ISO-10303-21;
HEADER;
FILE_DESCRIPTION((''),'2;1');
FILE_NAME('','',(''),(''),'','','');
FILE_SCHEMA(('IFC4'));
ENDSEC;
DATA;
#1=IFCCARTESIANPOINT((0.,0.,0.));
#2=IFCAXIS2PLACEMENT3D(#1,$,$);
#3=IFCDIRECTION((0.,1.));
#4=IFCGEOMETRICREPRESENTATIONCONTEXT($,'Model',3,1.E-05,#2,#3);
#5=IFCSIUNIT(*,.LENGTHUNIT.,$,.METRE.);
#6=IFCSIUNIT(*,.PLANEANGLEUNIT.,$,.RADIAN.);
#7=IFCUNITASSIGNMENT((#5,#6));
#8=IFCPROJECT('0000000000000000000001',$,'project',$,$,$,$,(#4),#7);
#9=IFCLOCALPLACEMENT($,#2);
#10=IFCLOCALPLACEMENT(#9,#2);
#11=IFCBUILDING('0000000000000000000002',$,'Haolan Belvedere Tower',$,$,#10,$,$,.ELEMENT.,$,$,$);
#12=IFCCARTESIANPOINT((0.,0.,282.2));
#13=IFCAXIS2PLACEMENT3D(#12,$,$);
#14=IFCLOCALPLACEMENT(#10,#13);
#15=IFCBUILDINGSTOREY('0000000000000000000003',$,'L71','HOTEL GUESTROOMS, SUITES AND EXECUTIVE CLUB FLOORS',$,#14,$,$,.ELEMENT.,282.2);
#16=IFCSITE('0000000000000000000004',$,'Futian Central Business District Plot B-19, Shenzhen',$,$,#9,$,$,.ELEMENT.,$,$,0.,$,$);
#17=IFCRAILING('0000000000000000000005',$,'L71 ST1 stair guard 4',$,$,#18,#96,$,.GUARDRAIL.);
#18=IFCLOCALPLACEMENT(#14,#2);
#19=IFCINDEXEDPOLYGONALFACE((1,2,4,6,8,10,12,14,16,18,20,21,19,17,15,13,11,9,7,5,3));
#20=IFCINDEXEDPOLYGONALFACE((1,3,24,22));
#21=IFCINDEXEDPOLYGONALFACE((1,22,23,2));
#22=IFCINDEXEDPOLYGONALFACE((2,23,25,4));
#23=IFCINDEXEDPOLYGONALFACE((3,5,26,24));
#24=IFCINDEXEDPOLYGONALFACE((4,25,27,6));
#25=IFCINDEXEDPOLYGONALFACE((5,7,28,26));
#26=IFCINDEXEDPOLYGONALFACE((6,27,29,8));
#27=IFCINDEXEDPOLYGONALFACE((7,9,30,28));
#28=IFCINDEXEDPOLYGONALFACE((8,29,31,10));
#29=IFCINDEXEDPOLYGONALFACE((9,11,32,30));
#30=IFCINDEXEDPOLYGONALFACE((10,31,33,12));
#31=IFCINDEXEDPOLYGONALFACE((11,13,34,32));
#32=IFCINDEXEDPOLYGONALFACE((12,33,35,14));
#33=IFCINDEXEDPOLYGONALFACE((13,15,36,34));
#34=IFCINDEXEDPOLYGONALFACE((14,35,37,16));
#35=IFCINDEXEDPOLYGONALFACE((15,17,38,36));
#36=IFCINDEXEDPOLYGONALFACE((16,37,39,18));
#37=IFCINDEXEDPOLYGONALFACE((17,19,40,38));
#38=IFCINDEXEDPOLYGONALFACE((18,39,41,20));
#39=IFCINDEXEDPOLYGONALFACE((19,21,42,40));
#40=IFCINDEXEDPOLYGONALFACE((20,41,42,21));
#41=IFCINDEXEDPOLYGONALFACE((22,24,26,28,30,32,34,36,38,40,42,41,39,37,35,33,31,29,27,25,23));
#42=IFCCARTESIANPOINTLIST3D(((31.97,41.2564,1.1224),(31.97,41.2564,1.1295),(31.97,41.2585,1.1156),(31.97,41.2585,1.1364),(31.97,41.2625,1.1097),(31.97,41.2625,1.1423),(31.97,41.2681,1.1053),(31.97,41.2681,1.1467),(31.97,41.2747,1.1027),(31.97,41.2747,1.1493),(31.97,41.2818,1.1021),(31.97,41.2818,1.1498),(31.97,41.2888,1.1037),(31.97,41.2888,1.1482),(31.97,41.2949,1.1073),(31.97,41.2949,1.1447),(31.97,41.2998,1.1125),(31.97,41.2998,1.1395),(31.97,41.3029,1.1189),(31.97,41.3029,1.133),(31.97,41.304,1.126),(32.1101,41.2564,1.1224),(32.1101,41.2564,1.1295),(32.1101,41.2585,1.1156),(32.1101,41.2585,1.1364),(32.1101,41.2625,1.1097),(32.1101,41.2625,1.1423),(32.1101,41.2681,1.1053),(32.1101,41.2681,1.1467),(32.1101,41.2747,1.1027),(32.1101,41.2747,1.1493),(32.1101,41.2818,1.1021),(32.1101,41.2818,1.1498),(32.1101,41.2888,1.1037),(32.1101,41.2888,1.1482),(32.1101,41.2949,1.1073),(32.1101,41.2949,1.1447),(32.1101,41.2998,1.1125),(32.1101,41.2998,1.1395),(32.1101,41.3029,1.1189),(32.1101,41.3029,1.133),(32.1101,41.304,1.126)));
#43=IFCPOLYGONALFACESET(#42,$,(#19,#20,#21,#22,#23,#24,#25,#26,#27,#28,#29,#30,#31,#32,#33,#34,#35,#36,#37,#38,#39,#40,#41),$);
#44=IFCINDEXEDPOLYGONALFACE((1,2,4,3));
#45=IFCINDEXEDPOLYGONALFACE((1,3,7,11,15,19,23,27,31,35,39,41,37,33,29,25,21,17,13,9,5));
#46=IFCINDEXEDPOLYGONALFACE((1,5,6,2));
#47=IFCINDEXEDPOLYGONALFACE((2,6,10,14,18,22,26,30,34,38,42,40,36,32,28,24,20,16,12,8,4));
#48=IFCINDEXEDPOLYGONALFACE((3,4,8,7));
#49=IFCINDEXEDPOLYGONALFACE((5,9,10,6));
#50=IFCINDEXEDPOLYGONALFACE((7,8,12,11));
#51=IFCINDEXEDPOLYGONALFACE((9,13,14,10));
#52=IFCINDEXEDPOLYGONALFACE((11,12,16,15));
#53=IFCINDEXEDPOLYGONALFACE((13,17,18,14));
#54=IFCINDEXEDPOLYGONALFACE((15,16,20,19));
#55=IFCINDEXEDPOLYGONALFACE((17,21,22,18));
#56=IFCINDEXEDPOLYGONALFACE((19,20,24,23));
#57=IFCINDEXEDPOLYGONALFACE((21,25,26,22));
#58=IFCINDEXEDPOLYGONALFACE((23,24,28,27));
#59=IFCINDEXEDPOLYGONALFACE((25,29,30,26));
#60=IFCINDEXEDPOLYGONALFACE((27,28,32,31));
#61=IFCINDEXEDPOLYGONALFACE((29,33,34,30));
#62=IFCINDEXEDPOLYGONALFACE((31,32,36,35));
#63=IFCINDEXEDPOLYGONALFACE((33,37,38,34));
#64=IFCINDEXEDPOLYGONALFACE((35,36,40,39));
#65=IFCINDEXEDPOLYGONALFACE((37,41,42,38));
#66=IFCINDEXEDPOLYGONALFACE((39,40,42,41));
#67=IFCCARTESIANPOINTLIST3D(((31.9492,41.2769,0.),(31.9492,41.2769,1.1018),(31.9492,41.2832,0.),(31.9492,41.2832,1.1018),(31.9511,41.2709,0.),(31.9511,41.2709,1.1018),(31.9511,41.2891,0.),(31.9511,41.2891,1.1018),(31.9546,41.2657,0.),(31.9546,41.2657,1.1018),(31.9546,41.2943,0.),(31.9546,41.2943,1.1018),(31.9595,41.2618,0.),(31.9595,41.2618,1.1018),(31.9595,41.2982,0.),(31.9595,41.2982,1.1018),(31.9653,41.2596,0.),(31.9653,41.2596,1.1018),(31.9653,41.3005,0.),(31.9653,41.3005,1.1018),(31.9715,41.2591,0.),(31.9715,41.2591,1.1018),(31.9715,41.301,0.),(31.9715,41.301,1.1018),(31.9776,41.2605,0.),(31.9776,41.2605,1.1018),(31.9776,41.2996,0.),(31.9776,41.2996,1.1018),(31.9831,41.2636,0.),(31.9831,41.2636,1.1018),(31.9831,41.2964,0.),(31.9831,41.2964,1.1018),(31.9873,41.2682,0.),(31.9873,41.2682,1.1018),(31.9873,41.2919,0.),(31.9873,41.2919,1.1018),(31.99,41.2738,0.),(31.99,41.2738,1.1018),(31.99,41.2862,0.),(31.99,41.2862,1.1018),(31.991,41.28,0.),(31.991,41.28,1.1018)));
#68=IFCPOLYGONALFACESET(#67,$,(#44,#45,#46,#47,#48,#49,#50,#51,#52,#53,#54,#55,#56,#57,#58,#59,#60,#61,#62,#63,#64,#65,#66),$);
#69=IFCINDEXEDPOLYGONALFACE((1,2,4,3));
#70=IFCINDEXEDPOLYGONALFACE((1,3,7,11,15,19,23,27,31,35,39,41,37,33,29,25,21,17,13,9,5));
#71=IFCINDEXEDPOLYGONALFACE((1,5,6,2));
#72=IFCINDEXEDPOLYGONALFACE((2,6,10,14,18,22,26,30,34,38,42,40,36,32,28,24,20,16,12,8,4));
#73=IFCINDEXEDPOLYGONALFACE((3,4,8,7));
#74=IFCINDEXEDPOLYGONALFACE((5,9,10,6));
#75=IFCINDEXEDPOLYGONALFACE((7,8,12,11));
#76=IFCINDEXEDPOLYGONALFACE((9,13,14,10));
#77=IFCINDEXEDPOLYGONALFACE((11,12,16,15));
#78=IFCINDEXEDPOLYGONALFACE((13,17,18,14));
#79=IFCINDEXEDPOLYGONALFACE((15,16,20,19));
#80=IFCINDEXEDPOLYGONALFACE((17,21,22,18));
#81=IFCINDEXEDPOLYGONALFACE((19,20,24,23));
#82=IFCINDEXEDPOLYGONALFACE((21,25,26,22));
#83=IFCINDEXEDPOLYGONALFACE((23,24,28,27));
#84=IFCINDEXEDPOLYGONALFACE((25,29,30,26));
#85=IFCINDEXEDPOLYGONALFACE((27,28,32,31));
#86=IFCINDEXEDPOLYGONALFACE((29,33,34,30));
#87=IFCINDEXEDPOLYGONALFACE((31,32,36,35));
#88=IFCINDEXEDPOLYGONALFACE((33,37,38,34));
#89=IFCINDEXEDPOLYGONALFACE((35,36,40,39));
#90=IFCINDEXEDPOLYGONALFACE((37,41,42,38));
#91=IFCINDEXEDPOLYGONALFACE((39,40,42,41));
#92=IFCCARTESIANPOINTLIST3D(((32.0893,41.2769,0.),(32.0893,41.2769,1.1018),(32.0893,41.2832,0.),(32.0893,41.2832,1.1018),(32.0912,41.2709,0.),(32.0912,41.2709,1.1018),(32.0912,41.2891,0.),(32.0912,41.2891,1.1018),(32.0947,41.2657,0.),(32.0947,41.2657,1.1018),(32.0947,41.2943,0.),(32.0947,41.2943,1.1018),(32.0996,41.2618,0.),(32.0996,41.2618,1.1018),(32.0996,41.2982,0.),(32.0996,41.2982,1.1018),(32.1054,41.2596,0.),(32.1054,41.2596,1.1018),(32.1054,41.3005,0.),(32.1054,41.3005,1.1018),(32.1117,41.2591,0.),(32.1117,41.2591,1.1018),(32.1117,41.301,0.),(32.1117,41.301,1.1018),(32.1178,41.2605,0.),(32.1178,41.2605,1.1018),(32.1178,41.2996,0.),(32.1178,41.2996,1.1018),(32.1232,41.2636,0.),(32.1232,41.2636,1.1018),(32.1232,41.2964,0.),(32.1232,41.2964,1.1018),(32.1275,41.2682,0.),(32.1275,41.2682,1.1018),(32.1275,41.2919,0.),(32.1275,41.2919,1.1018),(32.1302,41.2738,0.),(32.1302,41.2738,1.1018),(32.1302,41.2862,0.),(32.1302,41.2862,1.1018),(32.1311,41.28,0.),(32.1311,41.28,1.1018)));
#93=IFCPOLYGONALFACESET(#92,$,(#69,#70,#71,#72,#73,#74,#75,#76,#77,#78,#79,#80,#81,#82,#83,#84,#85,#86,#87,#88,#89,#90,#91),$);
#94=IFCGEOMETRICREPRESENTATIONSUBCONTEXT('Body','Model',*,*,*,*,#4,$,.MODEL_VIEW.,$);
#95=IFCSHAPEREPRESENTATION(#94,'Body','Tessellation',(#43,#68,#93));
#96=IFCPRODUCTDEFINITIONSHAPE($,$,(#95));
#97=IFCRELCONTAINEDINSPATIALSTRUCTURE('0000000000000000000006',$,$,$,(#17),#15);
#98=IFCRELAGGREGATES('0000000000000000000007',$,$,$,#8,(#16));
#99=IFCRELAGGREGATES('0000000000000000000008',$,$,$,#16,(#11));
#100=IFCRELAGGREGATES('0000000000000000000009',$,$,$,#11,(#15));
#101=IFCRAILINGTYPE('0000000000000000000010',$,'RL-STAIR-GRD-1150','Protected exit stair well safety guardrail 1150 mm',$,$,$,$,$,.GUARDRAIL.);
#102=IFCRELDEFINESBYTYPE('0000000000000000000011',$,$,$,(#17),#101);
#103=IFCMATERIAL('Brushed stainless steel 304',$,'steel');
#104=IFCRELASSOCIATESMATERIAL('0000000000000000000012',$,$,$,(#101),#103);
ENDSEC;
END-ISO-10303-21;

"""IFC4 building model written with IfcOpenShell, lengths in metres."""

from ifc_helpers import new_model, si_unit, direction, frame, origin, origin_2d, place, context, subcontext, project, spatial, circle, extrude, material, type_object, element, save


model = new_model("IFC4")

# Units and contexts
model_context = context("Model", 3, precision=1e-05, world=origin(), true_north=direction((0.0, 1.0)))
body_context = subcontext(model_context, "Body", "Model", "MODEL_VIEW")
ifc_project = project(units=[si_unit("LENGTHUNIT", "METRE"), si_unit("PLANEANGLEUNIT", "RADIAN")], contexts=[model_context])

# Site, building, storey
site_placement = place(None, origin())
site = spatial("IfcSite", under=ifc_project, at=site_placement, Name="Futian Central Business District Plot B-19, Shenzhen", CompositionType="ELEMENT", RefElevation=0.0)
building_placement = place(site_placement, origin())
building = spatial("IfcBuilding", under=site, at=building_placement, Name="Haolan Belvedere Tower", CompositionType="ELEMENT")
storey_placement = place(building_placement, frame((0.0, 0.0, 282.2)))
storey = spatial("IfcBuildingStorey", under=building, at=storey_placement, Name="L71", Description="HOTEL GUESTROOMS, SUITES AND EXECUTIVE CLUB FLOORS", CompositionType="ELEMENT", Elevation=282.2)

# Railing
ifc_material_1 = material(Name="Brushed stainless steel 304", Category="steel")
railing_type = type_object("IfcRailingType", Name="RL-STAIR-GRD-1150", Description="Protected exit stair well safety guardrail 1150 mm", PredefinedType="GUARDRAIL", material=ifc_material_1)
railing_1_placement = place(storey_placement, frame((31.97, 41.28, 0.0)))
element("IfcRailing", 1, at=railing_1_placement, inside=storey, type_object=railing_type, Name="L71 ST1 stair guard 4", PredefinedType="GUARDRAIL", context=body_context, shape_type="SweptSolid", body=[
    extrude(circle(Radius=0.0239, at=origin_2d()), frame((0.0, 0.0, 1.126), z_axis=(1.0, 0.0, 0.0), x_axis=(0.0, 1.0, 0.0)), (0.0, 0.0, 1.0), 0.1401),
    extrude(circle(Radius=0.021, at=origin_2d()), origin(), (0.0, 0.0, 1.0), 1.1018),
    extrude(circle(Radius=0.021, at=origin_2d()), frame((0.1401, 0.0, 0.0)), (0.0, 0.0, 1.0), 1.1018),
])

save(model, "model.ifc")
